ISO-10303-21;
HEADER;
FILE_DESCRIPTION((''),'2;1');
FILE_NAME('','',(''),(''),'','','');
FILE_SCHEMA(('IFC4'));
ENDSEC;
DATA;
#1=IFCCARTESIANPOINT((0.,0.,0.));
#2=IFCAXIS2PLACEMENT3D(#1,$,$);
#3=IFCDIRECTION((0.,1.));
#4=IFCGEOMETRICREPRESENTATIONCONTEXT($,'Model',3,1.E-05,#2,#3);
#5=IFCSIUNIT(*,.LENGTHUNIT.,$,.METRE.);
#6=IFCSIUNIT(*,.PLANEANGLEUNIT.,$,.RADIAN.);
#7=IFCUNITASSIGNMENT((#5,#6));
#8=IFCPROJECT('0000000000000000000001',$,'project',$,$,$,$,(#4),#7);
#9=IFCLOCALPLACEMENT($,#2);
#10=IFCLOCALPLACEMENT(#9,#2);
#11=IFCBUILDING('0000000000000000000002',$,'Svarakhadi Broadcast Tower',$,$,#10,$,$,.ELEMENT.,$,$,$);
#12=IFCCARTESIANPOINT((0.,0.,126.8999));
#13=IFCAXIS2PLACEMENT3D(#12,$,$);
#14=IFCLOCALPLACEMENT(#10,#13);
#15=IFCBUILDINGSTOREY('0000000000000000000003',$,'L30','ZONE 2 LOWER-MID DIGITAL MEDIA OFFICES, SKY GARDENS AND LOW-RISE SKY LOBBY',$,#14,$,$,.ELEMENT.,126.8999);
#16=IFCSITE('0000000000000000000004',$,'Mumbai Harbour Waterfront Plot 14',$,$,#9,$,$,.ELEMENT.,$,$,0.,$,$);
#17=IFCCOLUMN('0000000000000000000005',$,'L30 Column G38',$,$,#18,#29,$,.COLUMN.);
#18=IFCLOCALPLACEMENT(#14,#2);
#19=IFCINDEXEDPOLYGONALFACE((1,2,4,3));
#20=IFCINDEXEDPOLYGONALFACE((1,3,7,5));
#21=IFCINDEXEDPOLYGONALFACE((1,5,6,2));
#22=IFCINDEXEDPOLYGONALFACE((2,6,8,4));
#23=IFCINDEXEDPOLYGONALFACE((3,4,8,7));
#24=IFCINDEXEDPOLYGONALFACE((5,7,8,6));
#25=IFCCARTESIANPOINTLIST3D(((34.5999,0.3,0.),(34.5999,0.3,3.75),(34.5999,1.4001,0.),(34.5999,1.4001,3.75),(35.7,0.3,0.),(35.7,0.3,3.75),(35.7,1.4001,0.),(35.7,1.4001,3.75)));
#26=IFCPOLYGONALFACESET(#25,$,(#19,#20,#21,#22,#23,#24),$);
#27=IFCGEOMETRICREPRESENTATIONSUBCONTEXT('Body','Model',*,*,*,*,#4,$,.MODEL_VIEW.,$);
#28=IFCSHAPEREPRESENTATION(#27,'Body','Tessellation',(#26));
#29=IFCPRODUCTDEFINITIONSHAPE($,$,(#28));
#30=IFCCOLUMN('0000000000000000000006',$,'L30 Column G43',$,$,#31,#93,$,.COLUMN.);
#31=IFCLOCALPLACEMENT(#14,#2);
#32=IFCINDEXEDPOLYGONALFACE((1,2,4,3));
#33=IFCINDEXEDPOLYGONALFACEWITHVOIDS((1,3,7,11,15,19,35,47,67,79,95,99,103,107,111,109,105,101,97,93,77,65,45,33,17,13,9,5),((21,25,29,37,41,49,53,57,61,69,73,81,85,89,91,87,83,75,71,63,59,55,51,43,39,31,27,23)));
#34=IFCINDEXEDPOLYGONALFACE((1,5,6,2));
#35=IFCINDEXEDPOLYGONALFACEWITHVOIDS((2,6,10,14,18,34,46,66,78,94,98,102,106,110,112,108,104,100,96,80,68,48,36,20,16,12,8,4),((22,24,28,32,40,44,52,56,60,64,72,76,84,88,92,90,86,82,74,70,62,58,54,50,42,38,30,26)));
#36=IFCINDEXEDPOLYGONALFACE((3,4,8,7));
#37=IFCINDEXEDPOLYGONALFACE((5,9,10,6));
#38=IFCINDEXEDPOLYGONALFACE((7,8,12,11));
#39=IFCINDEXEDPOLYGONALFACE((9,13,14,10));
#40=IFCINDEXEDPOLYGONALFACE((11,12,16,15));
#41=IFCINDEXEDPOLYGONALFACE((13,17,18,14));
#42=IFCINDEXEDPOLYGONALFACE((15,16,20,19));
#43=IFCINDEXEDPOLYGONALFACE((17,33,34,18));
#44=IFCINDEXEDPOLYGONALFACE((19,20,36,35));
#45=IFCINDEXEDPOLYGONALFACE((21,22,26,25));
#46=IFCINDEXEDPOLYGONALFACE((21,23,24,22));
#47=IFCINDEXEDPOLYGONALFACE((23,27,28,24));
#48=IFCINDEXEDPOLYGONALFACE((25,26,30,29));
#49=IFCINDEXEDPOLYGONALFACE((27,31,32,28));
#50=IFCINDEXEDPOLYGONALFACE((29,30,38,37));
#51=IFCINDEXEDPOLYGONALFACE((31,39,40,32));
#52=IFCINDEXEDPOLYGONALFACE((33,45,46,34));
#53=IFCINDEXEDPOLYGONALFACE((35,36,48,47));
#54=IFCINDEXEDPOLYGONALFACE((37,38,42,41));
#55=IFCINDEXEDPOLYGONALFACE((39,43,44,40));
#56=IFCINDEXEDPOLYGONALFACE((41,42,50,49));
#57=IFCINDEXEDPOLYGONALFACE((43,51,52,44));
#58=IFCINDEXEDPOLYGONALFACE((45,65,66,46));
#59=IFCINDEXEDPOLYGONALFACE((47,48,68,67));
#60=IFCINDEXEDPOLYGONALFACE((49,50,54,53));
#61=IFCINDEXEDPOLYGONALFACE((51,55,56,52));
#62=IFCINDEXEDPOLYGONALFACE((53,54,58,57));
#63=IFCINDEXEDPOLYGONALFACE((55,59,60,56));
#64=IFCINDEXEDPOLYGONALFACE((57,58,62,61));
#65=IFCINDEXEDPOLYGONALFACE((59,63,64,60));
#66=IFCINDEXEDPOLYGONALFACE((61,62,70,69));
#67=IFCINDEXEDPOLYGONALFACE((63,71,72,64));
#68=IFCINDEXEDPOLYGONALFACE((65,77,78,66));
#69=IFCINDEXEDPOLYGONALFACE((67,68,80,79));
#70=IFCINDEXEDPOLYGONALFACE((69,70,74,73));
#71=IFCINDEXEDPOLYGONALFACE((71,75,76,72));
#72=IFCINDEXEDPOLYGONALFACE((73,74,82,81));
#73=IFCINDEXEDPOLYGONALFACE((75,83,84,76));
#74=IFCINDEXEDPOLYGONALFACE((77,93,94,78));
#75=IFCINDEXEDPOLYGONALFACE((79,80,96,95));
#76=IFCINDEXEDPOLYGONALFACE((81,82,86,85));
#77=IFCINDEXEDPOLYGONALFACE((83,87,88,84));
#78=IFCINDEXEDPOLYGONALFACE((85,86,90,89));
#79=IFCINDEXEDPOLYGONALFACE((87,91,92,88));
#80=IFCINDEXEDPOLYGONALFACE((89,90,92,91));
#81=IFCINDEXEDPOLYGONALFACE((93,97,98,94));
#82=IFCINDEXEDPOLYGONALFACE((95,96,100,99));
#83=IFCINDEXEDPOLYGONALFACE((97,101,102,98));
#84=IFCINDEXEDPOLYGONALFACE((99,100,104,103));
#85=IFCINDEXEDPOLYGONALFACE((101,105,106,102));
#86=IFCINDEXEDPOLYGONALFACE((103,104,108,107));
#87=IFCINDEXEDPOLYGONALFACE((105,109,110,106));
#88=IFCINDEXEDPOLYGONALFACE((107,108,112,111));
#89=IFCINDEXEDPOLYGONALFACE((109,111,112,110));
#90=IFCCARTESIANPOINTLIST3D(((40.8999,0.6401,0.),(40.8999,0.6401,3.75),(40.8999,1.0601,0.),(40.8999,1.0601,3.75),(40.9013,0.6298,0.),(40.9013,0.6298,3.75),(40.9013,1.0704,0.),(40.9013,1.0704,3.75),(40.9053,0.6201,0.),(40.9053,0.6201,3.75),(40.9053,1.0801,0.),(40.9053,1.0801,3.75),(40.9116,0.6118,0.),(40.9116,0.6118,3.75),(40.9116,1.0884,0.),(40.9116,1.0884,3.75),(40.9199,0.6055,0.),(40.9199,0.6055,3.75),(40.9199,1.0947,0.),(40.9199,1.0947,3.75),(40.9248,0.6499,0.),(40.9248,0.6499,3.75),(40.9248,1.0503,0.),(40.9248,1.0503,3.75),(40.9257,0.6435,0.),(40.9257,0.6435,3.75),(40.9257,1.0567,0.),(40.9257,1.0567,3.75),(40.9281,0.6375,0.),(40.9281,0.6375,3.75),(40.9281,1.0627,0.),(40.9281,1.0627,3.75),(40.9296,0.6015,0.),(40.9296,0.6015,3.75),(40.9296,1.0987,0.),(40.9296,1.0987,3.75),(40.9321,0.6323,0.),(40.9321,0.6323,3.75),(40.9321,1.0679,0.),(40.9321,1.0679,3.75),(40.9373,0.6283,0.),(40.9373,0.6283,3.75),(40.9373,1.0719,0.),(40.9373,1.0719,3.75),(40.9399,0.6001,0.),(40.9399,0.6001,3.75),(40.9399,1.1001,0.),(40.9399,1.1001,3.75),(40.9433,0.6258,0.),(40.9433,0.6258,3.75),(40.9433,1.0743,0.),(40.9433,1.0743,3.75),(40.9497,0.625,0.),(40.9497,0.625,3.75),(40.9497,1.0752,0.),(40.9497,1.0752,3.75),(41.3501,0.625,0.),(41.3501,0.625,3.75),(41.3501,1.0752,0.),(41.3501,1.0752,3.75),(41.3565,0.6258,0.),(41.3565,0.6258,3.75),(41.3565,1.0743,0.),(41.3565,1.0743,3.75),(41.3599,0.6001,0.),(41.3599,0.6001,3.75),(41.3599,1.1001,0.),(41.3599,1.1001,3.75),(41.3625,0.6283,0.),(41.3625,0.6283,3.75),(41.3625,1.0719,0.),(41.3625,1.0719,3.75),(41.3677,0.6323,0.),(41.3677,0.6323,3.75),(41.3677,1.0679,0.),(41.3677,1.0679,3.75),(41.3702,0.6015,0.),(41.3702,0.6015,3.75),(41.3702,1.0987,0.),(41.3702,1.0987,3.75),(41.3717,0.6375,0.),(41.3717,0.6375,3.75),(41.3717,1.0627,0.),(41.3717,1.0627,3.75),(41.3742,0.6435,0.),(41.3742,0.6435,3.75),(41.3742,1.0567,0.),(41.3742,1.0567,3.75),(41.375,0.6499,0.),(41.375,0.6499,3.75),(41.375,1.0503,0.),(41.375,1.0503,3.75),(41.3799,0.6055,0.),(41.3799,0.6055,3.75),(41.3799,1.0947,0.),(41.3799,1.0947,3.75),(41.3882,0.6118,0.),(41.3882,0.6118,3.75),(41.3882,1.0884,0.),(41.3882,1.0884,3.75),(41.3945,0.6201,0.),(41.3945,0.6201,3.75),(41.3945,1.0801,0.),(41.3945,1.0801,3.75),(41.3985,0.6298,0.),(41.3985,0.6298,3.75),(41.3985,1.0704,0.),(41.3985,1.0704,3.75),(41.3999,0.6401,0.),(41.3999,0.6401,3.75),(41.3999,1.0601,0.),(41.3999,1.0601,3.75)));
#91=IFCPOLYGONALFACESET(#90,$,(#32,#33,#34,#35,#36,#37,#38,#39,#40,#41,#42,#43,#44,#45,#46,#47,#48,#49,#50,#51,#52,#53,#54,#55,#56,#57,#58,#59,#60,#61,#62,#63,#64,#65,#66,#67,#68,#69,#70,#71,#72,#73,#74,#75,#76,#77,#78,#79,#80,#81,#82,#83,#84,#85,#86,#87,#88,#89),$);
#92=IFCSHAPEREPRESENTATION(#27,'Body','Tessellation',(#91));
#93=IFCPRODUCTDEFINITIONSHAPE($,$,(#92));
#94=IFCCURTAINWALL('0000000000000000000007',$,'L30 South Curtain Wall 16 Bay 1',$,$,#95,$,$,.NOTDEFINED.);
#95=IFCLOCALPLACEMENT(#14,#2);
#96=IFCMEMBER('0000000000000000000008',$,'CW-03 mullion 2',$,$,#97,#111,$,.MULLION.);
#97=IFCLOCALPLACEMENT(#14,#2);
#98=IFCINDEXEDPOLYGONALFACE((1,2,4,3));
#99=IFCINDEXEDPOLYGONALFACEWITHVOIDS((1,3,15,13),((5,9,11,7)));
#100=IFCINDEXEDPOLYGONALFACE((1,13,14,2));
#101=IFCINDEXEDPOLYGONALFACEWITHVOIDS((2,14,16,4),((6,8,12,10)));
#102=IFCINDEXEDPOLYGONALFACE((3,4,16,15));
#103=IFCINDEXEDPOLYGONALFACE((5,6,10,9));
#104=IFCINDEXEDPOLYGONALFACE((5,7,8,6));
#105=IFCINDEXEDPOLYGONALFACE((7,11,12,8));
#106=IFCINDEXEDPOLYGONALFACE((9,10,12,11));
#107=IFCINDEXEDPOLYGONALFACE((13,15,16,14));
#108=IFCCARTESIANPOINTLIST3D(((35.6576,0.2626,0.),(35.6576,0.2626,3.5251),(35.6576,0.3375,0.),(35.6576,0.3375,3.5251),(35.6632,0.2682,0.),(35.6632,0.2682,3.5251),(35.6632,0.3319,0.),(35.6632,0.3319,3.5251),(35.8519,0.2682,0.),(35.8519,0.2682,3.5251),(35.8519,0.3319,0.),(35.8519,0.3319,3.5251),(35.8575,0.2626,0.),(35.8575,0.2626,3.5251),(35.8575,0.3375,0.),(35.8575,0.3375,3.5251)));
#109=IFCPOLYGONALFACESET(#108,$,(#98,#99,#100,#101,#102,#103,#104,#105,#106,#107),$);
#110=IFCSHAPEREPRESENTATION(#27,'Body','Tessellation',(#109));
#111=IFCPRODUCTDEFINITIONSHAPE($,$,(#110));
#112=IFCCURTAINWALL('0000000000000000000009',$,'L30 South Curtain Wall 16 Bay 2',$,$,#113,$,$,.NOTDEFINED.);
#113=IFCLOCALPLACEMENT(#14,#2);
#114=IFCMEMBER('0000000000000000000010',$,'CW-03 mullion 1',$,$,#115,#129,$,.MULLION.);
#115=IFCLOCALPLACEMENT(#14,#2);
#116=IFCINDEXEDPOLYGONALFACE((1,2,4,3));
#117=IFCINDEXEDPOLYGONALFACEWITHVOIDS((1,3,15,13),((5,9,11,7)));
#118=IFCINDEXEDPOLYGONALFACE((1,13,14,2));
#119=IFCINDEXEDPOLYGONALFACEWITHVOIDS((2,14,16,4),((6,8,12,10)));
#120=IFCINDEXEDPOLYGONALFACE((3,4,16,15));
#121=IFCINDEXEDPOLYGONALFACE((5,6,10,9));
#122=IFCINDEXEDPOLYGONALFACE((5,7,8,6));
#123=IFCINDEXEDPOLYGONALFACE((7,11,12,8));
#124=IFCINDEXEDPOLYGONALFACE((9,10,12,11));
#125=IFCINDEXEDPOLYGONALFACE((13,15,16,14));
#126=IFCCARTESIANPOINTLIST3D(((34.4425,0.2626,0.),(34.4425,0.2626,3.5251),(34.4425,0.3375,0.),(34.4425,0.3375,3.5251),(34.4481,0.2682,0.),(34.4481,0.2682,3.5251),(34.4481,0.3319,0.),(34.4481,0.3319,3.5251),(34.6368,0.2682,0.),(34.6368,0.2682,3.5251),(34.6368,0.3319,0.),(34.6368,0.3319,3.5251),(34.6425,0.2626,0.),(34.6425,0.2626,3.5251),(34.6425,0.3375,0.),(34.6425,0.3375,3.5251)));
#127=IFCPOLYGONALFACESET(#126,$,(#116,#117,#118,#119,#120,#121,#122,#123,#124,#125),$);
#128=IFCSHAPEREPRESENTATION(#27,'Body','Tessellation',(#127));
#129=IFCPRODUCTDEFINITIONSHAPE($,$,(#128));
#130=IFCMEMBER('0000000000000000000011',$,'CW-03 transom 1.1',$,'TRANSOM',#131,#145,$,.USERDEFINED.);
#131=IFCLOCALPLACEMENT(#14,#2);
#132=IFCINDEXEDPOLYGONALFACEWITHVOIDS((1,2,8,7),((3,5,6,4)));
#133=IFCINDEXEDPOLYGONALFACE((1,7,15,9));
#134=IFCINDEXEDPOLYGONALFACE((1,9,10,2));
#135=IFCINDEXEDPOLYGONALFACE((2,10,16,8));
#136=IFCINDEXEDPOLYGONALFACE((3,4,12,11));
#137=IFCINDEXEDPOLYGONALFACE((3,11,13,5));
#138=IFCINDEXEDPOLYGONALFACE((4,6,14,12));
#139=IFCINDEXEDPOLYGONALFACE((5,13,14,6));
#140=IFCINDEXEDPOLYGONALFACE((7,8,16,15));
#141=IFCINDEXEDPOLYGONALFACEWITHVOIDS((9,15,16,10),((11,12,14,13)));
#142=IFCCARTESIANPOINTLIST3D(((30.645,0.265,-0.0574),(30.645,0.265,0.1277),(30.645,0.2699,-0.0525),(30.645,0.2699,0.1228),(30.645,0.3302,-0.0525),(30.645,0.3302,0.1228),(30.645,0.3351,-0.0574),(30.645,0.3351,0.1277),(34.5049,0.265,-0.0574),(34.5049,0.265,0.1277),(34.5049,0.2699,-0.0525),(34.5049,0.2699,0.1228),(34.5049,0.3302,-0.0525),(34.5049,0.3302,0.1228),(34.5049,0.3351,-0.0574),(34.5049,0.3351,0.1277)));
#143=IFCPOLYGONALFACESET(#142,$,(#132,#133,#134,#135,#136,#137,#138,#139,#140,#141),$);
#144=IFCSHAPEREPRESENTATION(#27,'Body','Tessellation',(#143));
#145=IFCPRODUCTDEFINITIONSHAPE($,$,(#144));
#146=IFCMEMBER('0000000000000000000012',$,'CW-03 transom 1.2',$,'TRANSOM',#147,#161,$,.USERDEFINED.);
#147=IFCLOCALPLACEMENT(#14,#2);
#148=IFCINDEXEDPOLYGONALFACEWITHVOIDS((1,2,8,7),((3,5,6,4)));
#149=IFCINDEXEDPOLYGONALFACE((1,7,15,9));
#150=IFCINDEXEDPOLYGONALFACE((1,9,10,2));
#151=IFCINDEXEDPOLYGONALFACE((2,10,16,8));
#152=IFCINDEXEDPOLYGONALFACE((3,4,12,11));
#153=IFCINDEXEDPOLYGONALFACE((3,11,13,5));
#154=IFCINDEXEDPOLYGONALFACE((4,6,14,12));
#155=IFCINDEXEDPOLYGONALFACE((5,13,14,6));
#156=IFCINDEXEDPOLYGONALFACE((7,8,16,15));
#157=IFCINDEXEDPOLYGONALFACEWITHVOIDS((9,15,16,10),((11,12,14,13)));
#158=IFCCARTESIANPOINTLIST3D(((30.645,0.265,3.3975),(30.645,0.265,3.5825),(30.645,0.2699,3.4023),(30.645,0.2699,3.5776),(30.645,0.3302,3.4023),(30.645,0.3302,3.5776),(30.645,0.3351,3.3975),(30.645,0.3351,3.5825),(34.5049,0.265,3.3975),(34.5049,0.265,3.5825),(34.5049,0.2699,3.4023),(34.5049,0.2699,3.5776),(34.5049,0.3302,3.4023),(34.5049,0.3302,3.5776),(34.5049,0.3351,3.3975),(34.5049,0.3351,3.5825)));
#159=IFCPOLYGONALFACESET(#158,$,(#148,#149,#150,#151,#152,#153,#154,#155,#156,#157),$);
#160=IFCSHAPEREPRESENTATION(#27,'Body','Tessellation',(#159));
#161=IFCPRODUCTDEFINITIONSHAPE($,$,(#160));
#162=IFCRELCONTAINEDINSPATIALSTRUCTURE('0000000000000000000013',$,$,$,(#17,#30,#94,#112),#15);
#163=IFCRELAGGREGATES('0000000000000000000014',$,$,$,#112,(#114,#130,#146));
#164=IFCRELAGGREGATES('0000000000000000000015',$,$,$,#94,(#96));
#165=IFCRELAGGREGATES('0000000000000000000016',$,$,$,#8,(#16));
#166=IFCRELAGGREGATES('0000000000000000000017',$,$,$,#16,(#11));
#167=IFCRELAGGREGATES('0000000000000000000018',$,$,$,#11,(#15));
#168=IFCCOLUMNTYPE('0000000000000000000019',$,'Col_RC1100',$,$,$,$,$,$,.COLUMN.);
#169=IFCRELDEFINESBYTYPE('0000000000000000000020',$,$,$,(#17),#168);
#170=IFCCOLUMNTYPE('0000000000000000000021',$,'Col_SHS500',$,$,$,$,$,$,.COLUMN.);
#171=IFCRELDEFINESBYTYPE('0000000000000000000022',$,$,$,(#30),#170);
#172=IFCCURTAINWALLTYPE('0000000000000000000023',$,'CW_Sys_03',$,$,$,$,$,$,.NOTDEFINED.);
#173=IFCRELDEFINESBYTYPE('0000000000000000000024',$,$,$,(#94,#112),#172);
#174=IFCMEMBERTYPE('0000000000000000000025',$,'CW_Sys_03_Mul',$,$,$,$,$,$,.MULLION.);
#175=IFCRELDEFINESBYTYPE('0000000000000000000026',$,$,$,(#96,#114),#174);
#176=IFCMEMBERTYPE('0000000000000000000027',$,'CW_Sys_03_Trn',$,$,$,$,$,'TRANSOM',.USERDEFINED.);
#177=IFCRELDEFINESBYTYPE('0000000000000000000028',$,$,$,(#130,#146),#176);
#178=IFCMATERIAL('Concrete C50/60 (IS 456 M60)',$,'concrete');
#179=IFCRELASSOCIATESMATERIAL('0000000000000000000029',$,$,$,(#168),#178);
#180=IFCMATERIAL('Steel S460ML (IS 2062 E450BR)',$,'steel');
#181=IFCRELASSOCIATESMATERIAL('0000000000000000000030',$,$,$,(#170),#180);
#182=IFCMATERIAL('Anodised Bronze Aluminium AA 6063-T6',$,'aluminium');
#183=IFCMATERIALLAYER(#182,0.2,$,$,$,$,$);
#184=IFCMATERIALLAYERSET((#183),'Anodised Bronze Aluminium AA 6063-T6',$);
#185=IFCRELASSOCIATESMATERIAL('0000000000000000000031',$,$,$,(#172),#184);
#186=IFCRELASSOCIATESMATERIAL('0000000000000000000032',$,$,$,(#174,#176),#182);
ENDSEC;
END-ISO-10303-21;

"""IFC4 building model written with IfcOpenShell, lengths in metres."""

from ifc_helpers import new_model, si_unit, direction, frame, origin, origin_2d, place, context, subcontext, project, spatial, rectangle, hollow_rectangle, extrude, material, layer, layer_set, material_profile, profile_set, type_object, element, aggregate, save


model = new_model("IFC4")

# Units and contexts
model_context = context("Model", 3, precision=1e-05, world=origin(), true_north=direction((0.0, 1.0)))
body_context = subcontext(model_context, "Body", "Model", "MODEL_VIEW")
ifc_project = project(units=[si_unit("LENGTHUNIT", "METRE"), si_unit("PLANEANGLEUNIT", "RADIAN")], contexts=[model_context])

# Site, building, storey
site_placement = place(None, origin())
site = spatial("IfcSite", under=ifc_project, at=site_placement, Name="Mumbai Harbour Waterfront Plot 14", CompositionType="ELEMENT", RefElevation=0.0)
building_placement = place(site_placement, origin())
building = spatial("IfcBuilding", under=site, at=building_placement, Name="Svarakhadi Broadcast Tower", CompositionType="ELEMENT")
storey_placement = place(building_placement, frame((0.0, 0.0, 126.8999)))
storey = spatial("IfcBuildingStorey", under=building, at=storey_placement, Name="L30", Description="ZONE 2 LOWER-MID DIGITAL MEDIA OFFICES, SKY GARDENS AND LOW-RISE SKY LOBBY", CompositionType="ELEMENT", Elevation=126.8999)

# Columns
ifc_material_1 = material(Name="Concrete C50/60 (IS 456 M60)", Category="concrete")
ifc_material_profile_1 = material_profile(ifc_material_1, rectangle(XDim=1.1001, YDim=1.1001, at=origin_2d()), Name="RC 1100x1100")
ifc_profile_set_1 = profile_set([ifc_material_profile_1], Name="Concrete C50/60 (IS 456 M60)")
column_type_1 = type_object("IfcColumnType", Name="Col_RC1100", PredefinedType="COLUMN", material=ifc_profile_set_1)
column_1_placement = place(storey_placement, frame((35.1499, 0.8501, 0.0), z_axis=(0.0, 0.0, 1.0), x_axis=(1.0, 0.0, 0.0)))
element("IfcColumn", 1, at=column_1_placement, inside=storey, type_object=column_type_1, Name="L30 Column G38", PredefinedType="COLUMN", context=body_context, shape_type="SweptSolid", body=[
    extrude(rectangle(XDim=1.1001, YDim=1.1001, at=origin_2d()), origin(), (0.0, 0.0, 1.0), 3.75),
])
ifc_material_2 = material(Name="Steel S460ML (IS 2062 E450BR)", Category="steel")
ifc_material_profile_2 = material_profile(ifc_material_2, hollow_rectangle(XDim=0.5, YDim=0.5, WallThickness=0.0249, InnerFilletRadius=0.0249, OuterFilletRadius=0.04, at=origin_2d()), Name="SHS 500x500x25")
ifc_profile_set_2 = profile_set([ifc_material_profile_2], Name="Steel S460ML (IS 2062 E450BR)")
column_type_2 = type_object("IfcColumnType", Name="Col_SHS500", PredefinedType="COLUMN", material=ifc_profile_set_2)
column_2_placement = place(storey_placement, frame((41.1499, 0.8501, 0.0), z_axis=(0.0, 0.0, 1.0), x_axis=(1.0, 0.0, 0.0)))
element("IfcColumn", 2, at=column_2_placement, inside=storey, type_object=column_type_2, Name="L30 Column G43", PredefinedType="COLUMN", context=body_context, shape_type="SweptSolid", body=[
    extrude(hollow_rectangle(XDim=0.5, YDim=0.5, WallThickness=0.0249, InnerFilletRadius=0.0249, OuterFilletRadius=0.04, at=origin_2d()), origin(), (0.0, 0.0, 1.0), 3.75),
])

# Curtain wall, member
ifc_material_3 = material(Name="Anodised Bronze Aluminium AA 6063-T6", Category="aluminium")
ifc_layer_1 = layer(ifc_material_3, 0.2)
ifc_layer_set_1 = layer_set([ifc_layer_1], Name="Anodised Bronze Aluminium AA 6063-T6")
curtain_wall_type = type_object("IfcCurtainWallType", Name="CW_Sys_03", PredefinedType="NOTDEFINED", material=ifc_layer_set_1)
curtain_wall_1_placement = place(storey_placement, origin())
curtain_wall_1 = element("IfcCurtainWall", 3, at=curtain_wall_1_placement, inside=storey, type_object=curtain_wall_type, Name="L30 South Curtain Wall 16 Bay 1", PredefinedType="NOTDEFINED")
ifc_material_profile_3 = material_profile(ifc_material_3, hollow_rectangle(XDim=0.075, YDim=0.2, WallThickness=0.0056, at=origin_2d()), Name="ALU MULLION 200x75x6")
ifc_profile_set_3 = profile_set([ifc_material_profile_3], Name="Anodised Bronze Aluminium AA 6063-T6")
member_type_1 = type_object("IfcMemberType", Name="CW_Sys_03_Mul", PredefinedType="MULLION", material=ifc_profile_set_3)
member_1_placement = place(storey_placement, frame((35.7576, 0.3, 0.0), z_axis=(0.0, 0.0, 1.0), x_axis=(0.0, -1.0, 0.0)))
member_1 = element("IfcMember", 4, at=member_1_placement, type_object=member_type_1, Name="CW-03 mullion 2", PredefinedType="MULLION", context=body_context, shape_type="SweptSolid", body=[
    extrude(hollow_rectangle(XDim=0.075, YDim=0.2, WallThickness=0.0056, at=origin_2d()), origin(), (0.0, 0.0, 1.0), 3.5251),
])

# Curtain wall, members
curtain_wall_2_placement = place(storey_placement, origin())
curtain_wall_2 = element("IfcCurtainWall", 5, at=curtain_wall_2_placement, inside=storey, type_object=curtain_wall_type, Name="L30 South Curtain Wall 16 Bay 2", PredefinedType="NOTDEFINED")
member_2_placement = place(storey_placement, frame((34.5425, 0.3, 0.0), z_axis=(0.0, 0.0, 1.0), x_axis=(0.0, -1.0, 0.0)))
member_2 = element("IfcMember", 6, at=member_2_placement, type_object=member_type_1, Name="CW-03 mullion 1", PredefinedType="MULLION", context=body_context, shape_type="SweptSolid", body=[
    extrude(hollow_rectangle(XDim=0.075, YDim=0.2, WallThickness=0.0056, at=origin_2d()), origin(), (0.0, 0.0, 1.0), 3.5251),
])
ifc_material_profile_4 = material_profile(ifc_material_3, hollow_rectangle(XDim=0.0701, YDim=0.1851, WallThickness=0.0049, at=origin_2d()), Name="ALU TRANSOM 185x70x5")
ifc_profile_set_4 = profile_set([ifc_material_profile_4], Name="Anodised Bronze Aluminium AA 6063-T6")
member_type_2 = type_object("IfcMemberType", Name="CW_Sys_03_Trn", ElementType="TRANSOM", PredefinedType="USERDEFINED", material=ifc_profile_set_4)
member_3_placement = place(storey_placement, frame((34.5049, 0.3, 0.0352), z_axis=(-1.0, 0.0, 0.0), x_axis=(0.0, -1.0, 0.0)))
member_3 = element("IfcMember", 7, at=member_3_placement, type_object=member_type_2, Name="CW-03 transom 1.1", ObjectType="TRANSOM", PredefinedType="USERDEFINED", context=body_context, shape_type="SweptSolid", body=[
    extrude(hollow_rectangle(XDim=0.0701, YDim=0.1851, WallThickness=0.0049, at=origin_2d()), origin(), (0.0, 0.0, 1.0), 3.8599),
])
member_4_placement = place(storey_placement, frame((34.5049, 0.3, 3.49), z_axis=(-1.0, 0.0, 0.0), x_axis=(0.0, -1.0, 0.0)))
member_4 = element("IfcMember", 8, at=member_4_placement, type_object=member_type_2, Name="CW-03 transom 1.2", ObjectType="TRANSOM", PredefinedType="USERDEFINED", context=body_context, shape_type="SweptSolid", body=[
    extrude(hollow_rectangle(XDim=0.0701, YDim=0.1851, WallThickness=0.0049, at=origin_2d()), origin(), (0.0, 0.0, 1.0), 3.8599),
])
aggregate(curtain_wall_2, [member_2, member_3, member_4])

aggregate(curtain_wall_1, [member_1])

save(model, "model.ifc")
